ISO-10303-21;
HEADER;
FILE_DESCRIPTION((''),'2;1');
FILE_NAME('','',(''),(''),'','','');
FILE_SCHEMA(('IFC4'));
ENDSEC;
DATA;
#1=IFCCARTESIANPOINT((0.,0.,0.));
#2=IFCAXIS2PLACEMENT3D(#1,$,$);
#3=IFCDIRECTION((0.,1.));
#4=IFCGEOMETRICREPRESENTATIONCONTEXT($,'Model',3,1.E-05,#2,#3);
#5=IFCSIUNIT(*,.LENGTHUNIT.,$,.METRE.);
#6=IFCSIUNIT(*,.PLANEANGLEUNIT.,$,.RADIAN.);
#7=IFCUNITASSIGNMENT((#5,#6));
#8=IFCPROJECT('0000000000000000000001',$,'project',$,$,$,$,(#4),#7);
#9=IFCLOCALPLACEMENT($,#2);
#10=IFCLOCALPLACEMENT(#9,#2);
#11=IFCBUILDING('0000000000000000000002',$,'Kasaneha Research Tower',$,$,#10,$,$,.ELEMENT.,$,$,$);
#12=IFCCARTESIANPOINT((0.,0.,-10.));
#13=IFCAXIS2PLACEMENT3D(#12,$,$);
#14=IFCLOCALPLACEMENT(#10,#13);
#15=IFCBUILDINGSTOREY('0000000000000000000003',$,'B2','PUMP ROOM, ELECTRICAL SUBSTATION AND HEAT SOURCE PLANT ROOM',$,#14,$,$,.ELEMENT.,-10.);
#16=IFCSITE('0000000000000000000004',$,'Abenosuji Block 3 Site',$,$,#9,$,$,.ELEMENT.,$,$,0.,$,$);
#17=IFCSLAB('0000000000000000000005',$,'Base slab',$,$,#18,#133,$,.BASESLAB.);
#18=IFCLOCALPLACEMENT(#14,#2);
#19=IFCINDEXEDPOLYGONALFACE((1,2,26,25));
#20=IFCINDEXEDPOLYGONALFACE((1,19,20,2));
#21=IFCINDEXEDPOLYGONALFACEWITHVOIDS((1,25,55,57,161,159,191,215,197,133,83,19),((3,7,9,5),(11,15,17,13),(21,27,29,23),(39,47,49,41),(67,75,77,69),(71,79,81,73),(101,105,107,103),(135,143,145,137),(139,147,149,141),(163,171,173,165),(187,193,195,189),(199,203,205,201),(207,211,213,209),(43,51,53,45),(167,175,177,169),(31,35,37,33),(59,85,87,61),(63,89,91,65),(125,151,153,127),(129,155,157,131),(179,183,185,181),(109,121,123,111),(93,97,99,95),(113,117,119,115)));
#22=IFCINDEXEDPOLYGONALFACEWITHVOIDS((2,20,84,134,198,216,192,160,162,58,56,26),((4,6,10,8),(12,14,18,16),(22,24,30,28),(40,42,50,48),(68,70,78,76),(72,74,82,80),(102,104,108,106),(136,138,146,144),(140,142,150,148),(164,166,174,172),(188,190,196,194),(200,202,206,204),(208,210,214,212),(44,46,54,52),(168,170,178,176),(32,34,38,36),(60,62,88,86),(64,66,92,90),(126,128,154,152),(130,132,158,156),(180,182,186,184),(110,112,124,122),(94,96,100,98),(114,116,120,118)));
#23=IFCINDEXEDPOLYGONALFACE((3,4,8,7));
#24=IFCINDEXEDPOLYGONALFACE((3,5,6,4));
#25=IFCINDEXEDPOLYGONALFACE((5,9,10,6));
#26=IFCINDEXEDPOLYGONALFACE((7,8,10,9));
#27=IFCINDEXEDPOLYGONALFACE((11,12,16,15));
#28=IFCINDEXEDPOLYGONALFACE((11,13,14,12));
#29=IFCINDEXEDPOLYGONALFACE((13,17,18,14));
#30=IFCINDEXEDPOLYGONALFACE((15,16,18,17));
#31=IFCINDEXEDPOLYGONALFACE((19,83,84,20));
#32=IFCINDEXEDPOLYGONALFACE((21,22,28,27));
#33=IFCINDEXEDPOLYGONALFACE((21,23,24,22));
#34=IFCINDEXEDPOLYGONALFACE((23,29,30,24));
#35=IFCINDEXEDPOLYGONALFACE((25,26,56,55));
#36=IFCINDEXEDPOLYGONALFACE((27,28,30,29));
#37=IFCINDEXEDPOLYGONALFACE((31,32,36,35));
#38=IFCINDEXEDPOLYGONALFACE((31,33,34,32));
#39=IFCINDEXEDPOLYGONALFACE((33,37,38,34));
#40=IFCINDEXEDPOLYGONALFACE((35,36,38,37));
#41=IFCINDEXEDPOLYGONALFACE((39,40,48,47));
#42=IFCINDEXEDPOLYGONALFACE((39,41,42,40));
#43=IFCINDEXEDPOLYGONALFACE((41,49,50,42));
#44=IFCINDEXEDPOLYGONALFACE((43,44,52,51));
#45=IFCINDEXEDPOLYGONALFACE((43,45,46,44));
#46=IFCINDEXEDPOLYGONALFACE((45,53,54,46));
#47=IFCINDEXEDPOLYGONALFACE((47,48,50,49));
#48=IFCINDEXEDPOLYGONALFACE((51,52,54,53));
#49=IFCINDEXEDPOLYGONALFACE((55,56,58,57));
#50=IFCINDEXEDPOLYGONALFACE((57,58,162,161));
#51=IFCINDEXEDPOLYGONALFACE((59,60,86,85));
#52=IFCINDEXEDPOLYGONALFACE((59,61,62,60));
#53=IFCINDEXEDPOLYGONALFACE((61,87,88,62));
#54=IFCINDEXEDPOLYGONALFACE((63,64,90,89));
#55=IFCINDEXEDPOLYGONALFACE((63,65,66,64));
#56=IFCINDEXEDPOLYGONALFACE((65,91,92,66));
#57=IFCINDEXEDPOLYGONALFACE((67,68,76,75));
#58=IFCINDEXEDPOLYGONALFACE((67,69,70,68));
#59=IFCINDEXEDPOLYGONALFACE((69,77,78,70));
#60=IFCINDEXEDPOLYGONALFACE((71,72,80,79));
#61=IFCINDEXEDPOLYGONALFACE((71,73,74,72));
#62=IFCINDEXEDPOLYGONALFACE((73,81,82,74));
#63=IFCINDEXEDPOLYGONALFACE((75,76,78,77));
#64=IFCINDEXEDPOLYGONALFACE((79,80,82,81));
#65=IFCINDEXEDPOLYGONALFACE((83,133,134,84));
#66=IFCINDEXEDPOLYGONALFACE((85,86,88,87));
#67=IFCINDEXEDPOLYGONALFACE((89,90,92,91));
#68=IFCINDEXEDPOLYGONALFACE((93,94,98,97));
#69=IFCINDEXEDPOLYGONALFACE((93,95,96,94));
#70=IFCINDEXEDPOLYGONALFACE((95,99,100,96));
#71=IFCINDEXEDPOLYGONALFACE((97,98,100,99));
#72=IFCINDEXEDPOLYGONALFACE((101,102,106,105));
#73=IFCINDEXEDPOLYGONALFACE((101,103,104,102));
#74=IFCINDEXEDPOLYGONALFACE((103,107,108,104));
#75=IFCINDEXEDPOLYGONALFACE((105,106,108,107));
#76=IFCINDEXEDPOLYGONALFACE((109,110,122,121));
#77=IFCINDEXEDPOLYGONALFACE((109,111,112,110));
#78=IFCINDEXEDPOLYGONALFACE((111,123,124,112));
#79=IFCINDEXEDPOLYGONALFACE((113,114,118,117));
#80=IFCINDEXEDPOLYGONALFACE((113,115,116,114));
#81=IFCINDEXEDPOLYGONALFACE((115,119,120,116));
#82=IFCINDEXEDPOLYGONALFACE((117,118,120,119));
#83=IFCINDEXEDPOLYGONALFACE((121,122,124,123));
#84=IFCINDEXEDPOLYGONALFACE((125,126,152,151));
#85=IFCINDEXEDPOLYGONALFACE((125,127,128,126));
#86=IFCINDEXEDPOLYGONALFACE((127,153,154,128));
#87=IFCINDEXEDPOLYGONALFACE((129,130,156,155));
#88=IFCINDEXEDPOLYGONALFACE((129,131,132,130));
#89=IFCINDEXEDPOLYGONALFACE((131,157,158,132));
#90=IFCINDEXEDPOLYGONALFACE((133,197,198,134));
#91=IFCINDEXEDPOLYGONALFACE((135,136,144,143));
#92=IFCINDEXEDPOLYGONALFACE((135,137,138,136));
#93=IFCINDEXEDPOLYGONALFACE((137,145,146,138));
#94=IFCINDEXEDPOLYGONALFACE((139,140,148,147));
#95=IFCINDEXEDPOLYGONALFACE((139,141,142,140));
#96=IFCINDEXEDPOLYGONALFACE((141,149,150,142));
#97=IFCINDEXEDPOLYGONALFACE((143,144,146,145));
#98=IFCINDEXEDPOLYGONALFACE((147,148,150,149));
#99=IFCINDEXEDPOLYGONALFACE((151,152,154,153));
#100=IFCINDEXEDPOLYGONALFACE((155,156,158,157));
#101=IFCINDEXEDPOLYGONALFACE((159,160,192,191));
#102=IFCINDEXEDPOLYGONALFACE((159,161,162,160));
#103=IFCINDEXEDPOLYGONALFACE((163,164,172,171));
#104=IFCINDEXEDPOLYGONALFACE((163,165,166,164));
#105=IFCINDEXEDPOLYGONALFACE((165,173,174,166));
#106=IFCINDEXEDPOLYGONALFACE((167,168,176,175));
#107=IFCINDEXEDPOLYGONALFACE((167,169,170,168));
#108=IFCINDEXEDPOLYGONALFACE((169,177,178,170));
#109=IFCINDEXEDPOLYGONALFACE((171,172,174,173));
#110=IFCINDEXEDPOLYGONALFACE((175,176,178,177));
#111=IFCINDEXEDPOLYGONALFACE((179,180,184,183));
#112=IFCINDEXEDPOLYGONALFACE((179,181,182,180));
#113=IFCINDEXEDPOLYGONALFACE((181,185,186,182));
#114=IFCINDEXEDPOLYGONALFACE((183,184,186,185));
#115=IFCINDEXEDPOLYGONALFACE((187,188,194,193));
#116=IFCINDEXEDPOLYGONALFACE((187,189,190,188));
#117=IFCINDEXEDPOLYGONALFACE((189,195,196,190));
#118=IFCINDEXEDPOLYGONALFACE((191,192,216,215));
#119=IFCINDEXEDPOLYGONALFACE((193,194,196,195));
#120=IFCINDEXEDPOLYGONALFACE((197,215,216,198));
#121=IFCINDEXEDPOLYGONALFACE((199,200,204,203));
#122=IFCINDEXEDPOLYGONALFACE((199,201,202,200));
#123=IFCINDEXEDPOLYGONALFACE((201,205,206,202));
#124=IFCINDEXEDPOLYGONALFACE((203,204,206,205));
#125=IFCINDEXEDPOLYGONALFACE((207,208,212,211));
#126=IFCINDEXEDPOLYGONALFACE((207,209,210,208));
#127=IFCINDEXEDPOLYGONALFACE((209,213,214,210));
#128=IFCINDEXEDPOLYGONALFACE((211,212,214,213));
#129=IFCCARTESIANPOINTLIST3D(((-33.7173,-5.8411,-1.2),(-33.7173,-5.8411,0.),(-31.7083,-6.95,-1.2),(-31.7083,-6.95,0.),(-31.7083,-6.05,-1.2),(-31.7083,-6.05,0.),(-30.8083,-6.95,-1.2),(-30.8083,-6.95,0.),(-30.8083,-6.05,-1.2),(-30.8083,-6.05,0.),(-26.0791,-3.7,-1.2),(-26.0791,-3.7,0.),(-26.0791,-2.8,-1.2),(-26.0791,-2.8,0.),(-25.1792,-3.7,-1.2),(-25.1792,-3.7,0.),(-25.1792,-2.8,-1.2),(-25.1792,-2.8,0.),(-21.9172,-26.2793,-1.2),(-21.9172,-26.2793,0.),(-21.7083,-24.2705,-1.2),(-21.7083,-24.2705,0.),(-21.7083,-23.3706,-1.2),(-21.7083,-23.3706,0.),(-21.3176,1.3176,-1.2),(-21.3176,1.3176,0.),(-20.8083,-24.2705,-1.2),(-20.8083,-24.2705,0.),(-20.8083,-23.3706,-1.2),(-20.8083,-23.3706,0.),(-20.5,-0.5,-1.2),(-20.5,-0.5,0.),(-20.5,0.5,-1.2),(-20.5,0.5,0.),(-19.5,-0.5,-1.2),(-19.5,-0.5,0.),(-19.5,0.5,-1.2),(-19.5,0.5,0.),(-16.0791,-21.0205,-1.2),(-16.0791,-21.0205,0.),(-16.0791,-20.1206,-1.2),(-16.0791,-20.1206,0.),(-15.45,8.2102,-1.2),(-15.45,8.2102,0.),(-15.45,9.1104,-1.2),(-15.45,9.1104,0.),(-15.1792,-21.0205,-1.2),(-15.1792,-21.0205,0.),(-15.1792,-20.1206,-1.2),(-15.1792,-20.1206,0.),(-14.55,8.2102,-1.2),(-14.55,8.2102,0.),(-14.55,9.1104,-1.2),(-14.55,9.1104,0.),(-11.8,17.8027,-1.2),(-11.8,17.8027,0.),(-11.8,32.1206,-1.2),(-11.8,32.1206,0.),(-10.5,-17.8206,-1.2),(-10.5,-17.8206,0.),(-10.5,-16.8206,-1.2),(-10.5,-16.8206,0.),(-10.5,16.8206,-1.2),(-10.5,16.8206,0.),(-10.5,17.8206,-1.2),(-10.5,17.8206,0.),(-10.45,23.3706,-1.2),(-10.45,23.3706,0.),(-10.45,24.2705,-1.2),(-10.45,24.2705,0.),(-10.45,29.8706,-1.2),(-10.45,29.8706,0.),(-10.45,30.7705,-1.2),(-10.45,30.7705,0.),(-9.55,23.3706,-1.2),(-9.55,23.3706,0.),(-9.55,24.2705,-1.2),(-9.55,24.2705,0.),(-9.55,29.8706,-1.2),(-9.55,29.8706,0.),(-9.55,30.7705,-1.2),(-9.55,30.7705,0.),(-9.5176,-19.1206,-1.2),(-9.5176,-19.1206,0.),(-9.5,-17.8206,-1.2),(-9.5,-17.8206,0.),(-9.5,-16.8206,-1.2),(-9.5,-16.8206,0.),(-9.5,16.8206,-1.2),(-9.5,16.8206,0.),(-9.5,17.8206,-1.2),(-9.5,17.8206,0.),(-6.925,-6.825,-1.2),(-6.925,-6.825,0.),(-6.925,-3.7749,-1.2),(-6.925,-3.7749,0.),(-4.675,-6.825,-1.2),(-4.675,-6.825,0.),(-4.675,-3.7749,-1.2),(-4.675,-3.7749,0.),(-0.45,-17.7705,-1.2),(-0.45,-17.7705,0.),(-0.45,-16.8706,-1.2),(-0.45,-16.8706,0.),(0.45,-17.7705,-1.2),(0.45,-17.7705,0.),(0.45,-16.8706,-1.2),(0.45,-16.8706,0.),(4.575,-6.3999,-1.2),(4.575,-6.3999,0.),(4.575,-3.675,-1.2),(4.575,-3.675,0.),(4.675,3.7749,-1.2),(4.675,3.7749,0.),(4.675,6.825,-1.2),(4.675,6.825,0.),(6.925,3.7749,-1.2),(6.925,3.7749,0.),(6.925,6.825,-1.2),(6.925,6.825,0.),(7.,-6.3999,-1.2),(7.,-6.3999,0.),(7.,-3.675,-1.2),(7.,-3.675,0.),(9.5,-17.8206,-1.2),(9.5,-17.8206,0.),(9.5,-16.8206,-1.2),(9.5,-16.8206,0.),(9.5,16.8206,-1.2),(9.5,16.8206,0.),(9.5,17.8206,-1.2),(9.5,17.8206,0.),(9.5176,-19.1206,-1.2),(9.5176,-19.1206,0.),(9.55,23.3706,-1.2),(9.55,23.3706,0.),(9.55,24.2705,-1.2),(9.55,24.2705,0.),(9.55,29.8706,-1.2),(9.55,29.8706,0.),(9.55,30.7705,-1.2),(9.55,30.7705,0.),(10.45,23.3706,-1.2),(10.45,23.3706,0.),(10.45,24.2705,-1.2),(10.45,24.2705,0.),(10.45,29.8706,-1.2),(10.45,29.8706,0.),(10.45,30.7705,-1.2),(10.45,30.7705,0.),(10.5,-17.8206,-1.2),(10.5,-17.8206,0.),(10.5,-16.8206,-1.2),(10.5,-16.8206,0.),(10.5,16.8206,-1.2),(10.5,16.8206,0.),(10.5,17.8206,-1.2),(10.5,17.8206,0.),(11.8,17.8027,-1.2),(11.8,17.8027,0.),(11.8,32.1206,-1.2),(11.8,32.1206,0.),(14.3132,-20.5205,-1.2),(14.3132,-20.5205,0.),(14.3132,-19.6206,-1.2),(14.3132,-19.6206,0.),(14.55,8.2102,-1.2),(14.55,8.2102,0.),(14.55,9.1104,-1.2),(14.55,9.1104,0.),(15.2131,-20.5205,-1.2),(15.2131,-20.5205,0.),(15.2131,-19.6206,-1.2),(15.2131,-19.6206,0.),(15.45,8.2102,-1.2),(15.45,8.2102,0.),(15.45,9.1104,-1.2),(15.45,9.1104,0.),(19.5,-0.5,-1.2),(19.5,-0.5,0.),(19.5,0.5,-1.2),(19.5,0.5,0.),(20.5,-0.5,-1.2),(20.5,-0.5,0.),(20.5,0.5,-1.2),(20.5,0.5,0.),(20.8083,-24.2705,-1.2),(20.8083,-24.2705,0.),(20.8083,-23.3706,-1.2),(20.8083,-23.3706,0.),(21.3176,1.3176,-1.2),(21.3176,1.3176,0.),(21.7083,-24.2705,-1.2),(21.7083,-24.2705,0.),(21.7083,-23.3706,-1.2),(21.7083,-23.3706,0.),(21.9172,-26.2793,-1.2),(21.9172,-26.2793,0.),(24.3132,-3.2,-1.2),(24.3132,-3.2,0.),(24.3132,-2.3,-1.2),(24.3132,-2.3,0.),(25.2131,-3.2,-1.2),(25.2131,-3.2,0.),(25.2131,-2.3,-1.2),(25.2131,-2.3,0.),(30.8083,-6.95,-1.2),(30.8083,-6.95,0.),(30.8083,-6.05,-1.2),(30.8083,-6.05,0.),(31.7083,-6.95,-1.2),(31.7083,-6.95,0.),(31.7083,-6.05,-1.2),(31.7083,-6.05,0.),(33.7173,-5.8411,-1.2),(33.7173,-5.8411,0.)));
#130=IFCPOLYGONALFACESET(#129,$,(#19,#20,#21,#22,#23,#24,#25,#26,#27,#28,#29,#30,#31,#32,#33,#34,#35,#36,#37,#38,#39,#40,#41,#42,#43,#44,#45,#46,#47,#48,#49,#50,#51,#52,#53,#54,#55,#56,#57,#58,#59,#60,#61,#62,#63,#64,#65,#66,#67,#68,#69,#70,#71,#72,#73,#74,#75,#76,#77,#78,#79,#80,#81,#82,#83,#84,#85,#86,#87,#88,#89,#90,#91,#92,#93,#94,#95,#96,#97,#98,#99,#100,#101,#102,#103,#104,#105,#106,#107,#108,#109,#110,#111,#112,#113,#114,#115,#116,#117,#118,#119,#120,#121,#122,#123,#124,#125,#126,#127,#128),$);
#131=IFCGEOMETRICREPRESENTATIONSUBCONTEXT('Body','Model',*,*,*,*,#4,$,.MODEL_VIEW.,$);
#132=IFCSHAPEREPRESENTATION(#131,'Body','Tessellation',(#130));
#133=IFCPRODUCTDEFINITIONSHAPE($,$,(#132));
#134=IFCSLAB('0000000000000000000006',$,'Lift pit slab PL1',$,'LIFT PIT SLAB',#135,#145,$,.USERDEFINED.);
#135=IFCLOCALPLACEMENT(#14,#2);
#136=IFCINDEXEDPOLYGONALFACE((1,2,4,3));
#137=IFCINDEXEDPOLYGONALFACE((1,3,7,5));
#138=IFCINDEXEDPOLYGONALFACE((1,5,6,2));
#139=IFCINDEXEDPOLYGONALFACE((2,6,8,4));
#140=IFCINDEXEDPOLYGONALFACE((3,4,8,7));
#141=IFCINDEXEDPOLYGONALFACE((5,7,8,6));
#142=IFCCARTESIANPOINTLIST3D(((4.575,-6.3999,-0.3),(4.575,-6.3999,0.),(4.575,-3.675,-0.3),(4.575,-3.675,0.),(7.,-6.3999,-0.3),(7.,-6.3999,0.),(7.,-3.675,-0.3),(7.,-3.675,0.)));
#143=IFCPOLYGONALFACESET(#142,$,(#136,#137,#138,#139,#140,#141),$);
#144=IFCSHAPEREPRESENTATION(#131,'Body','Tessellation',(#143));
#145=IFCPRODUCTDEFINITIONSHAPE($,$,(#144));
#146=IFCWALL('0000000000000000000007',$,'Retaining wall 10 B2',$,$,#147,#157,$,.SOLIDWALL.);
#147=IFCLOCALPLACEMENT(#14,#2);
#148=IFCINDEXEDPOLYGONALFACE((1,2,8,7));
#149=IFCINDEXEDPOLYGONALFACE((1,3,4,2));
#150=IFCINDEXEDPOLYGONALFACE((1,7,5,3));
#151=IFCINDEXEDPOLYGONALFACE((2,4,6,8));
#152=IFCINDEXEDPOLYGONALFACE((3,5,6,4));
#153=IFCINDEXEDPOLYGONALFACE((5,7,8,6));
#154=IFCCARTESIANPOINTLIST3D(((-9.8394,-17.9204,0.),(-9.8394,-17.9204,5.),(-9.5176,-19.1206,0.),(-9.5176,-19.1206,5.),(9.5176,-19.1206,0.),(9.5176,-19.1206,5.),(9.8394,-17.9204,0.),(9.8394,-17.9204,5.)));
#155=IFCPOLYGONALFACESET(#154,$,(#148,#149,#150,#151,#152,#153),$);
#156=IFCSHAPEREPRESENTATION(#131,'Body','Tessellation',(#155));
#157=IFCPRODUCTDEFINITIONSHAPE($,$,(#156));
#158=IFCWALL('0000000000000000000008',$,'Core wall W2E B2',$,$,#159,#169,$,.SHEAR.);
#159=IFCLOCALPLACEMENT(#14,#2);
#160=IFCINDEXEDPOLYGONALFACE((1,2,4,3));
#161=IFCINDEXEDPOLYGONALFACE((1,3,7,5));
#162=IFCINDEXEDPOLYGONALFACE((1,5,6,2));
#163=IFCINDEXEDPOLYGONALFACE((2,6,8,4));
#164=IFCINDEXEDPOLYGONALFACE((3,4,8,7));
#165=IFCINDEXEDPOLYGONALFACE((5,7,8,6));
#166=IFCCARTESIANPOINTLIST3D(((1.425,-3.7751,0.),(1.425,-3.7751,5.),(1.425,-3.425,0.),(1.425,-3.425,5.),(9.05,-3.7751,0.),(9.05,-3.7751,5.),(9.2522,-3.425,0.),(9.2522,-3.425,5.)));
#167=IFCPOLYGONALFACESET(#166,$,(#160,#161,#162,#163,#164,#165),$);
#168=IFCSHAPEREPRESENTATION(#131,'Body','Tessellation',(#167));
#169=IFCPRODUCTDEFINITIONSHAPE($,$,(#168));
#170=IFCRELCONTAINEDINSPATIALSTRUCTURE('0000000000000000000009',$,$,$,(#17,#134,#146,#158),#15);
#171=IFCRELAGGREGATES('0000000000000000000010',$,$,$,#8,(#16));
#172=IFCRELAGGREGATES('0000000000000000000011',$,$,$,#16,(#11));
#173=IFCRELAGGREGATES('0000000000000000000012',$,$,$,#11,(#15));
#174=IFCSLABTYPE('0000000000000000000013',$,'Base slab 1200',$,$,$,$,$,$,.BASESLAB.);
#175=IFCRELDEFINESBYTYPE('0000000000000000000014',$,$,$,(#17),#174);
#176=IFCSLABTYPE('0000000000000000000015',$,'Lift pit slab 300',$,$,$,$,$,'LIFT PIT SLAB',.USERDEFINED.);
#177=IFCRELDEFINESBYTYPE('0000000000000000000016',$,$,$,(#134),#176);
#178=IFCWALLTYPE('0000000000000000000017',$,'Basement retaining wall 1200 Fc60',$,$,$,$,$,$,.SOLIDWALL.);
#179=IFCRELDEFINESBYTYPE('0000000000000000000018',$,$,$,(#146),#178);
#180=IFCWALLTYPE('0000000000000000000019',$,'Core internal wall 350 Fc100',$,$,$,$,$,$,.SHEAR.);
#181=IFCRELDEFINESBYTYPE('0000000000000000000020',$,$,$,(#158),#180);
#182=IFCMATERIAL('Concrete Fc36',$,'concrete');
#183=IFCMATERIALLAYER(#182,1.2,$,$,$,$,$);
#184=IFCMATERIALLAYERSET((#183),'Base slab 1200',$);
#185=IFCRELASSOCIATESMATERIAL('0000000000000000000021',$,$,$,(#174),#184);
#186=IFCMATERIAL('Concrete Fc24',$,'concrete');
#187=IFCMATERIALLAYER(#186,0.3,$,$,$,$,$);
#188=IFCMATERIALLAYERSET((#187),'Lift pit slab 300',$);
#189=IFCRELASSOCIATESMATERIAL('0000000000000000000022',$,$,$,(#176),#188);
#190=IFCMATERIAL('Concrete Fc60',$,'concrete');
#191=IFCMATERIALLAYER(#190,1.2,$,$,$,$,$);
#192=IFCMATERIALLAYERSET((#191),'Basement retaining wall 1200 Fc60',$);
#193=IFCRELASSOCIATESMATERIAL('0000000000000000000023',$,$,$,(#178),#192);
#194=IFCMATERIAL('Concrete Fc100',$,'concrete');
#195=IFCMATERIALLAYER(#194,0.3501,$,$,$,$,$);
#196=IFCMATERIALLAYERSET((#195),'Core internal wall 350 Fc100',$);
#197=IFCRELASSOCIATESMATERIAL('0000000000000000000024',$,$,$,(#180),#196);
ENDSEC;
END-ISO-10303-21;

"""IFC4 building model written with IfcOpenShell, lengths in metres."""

from ifc_helpers import new_model, si_unit, direction, frame, origin, place, context, subcontext, project, spatial, polyline, outline, extrude, material, layer, layer_set, type_object, element, save


model = new_model("IFC4")

# Units and contexts
model_context = context("Model", 3, precision=1e-05, world=origin(), true_north=direction((0.0, 1.0)))
body_context = subcontext(model_context, "Body", "Model", "MODEL_VIEW")
ifc_project = project(units=[si_unit("LENGTHUNIT", "METRE"), si_unit("PLANEANGLEUNIT", "RADIAN")], contexts=[model_context])

# Site, building, storey
site_placement = place(None, origin())
site = spatial("IfcSite", under=ifc_project, at=site_placement, Name="Abenosuji Block 3 Site", CompositionType="ELEMENT", RefElevation=0.0)
building_placement = place(site_placement, origin())
building = spatial("IfcBuilding", under=site, at=building_placement, Name="Kasaneha Research Tower", CompositionType="ELEMENT")
storey_placement = place(building_placement, frame((0.0, 0.0, -10.0)))
storey = spatial("IfcBuildingStorey", under=building, at=storey_placement, Name="B2", Description="PUMP ROOM, ELECTRICAL SUBSTATION AND HEAT SOURCE PLANT ROOM", CompositionType="ELEMENT", Elevation=-10.0)

# Slabs
ifc_material_1 = material(Name="Concrete Fc36", Category="concrete")
ifc_layer_1 = layer(ifc_material_1, 1.2)
ifc_layer_set_1 = layer_set([ifc_layer_1], Name="Base slab 1200")
slab_type_1 = type_object("IfcSlabType", Name="Base slab 1200", PredefinedType="BASESLAB", material=ifc_layer_set_1)
slab_1_placement = place(storey_placement, frame((0.0, 0.0, -1.2)))
element("IfcSlab", 1, at=slab_1_placement, inside=storey, type_object=slab_type_1, Name="Base slab", PredefinedType="BASESLAB", context=body_context, shape_type="SweptSolid", body=[
    extrude(outline(polyline([(-21.3176, 1.3176), (-11.8, 17.8027), (-11.8, 32.1206), (11.8, 32.1206), (11.8, 17.8027), (21.3176, 1.3176), (33.7173, -5.8411), (21.9172, -26.2793), (9.5176, -19.1206), (-9.5176, -19.1206), (-21.9172, -26.2793), (-33.7173, -5.8411), (-21.3176, 1.3176)]), holes=[polyline([(-20.8083, -23.3706), (-21.7083, -23.3706), (-21.7083, -24.2705), (-20.8083, -24.2705), (-20.8083, -23.3706)]), polyline([(-15.1792, -21.0205), (-15.1792, -20.1206), (-16.0791, -20.1206), (-16.0791, -21.0205), (-15.1792, -21.0205)]), polyline([(0.45, -17.7705), (0.45, -16.8706), (-0.45, -16.8706), (-0.45, -17.7705), (0.45, -17.7705)]), polyline([(-9.5, -16.8206), (-10.5, -16.8206), (-10.5, -17.8206), (-9.5, -17.8206), (-9.5, -16.8206)]), polyline([(-30.8083, -6.95), (-30.8083, -6.05), (-31.7083, -6.05), (-31.7083, -6.95), (-30.8083, -6.95)]), polyline([(-4.675, -6.825), (-4.675, -3.7749), (-6.925, -3.7749), (-6.925, -6.825), (-4.675, -6.825)]), polyline([(-25.1792, -2.8), (-26.0791, -2.8), (-26.0791, -3.7), (-25.1792, -3.7), (-25.1792, -2.8)]), polyline([(-19.5, -0.5), (-19.5, 0.5), (-20.5, 0.5), (-20.5, -0.5), (-19.5, -0.5)]), polyline([(-14.55, 8.2102), (-14.55, 9.1104), (-15.45, 9.1104), (-15.45, 8.2102), (-14.55, 8.2102)]), polyline([(-9.5, 17.8206), (-10.5, 17.8206), (-10.5, 16.8206), (-9.5, 16.8206), (-9.5, 17.8206)]), polyline([(-9.55, 23.3706), (-9.55, 24.2705), (-10.45, 24.2705), (-10.45, 23.3706), (-9.55, 23.3706)]), polyline([(-9.55, 29.8706), (-9.55, 30.7705), (-10.45, 30.7705), (-10.45, 29.8706), (-9.55, 29.8706)]), polyline([(21.7083, -23.3706), (20.8083, -23.3706), (20.8083, -24.2705), (21.7083, -24.2705), (21.7083, -23.3706)]), polyline([(15.2131, -20.5205), (15.2131, -19.6206), (14.3132, -19.6206), (14.3132, -20.5205), (15.2131, -20.5205)]), polyline([(10.5, -17.8206), (10.5, -16.8206), (9.5, -16.8206), (9.5, -17.8206), (10.5, -17.8206)]), polyline([(31.7083, -6.05), (30.8083, -6.05), (30.8083, -6.95), (31.7083, -6.95), (31.7083, -6.05)]), polyline([(7.0, -6.3999), (7.0, -3.675), (4.575, -3.675), (4.575, -6.3999), (7.0, -6.3999)]), polyline([(25.2131, -3.2), (25.2131, -2.3), (24.3132, -2.3), (24.3132, -3.2), (25.2131, -3.2)]), polyline([(20.5, 0.5), (19.5, 0.5), (19.5, -0.5), (20.5, -0.5), (20.5, 0.5)]), polyline([(6.925, 3.7749), (6.925, 6.825), (4.675, 6.825), (4.675, 3.7749), (6.925, 3.7749)]), polyline([(15.45, 8.2102), (15.45, 9.1104), (14.55, 9.1104), (14.55, 8.2102), (15.45, 8.2102)]), polyline([(10.5, 17.8206), (9.5, 17.8206), (9.5, 16.8206), (10.5, 16.8206), (10.5, 17.8206)]), polyline([(10.45, 23.3706), (10.45, 24.2705), (9.55, 24.2705), (9.55, 23.3706), (10.45, 23.3706)]), polyline([(10.45, 29.8706), (10.45, 30.7705), (9.55, 30.7705), (9.55, 29.8706), (10.45, 29.8706)])]), origin(), (0.0, 0.0, 1.0), 1.2),
])
ifc_material_2 = material(Name="Concrete Fc24", Category="concrete")
ifc_layer_2 = layer(ifc_material_2, 0.3)
ifc_layer_set_2 = layer_set([ifc_layer_2], Name="Lift pit slab 300")
slab_type_2 = type_object("IfcSlabType", Name="Lift pit slab 300", ElementType="LIFT PIT SLAB", PredefinedType="USERDEFINED", material=ifc_layer_set_2)
slab_2_placement = place(storey_placement, frame((0.0, 0.0, -0.3)))
element("IfcSlab", 2, at=slab_2_placement, inside=storey, type_object=slab_type_2, Name="Lift pit slab PL1", ObjectType="LIFT PIT SLAB", PredefinedType="USERDEFINED", context=body_context, shape_type="SweptSolid", body=[
    extrude(outline(polyline([(7.0, -6.3999), (4.575, -6.3999), (4.575, -3.675), (7.0, -3.675), (7.0, -6.3999)])), origin(), (0.0, 0.0, 1.0), 0.3),
])

# Walls
ifc_material_3 = material(Name="Concrete Fc60", Category="concrete")
ifc_layer_3 = layer(ifc_material_3, 1.2)
ifc_layer_set_3 = layer_set([ifc_layer_3], Name="Basement retaining wall 1200 Fc60")
wall_type_1 = type_object("IfcWallType", Name="Basement retaining wall 1200 Fc60", PredefinedType="SOLIDWALL", material=ifc_layer_set_3)
wall_1_placement = place(storey_placement, frame((9.6785, -18.5205, 0.0), z_axis=(0.0, 0.0, 1.0), x_axis=(-1.0, 0.0, 0.0)))
element("IfcWall", 3, at=wall_1_placement, inside=storey, type_object=wall_type_1, Name="Retaining wall 10 B2", PredefinedType="SOLIDWALL", context=body_context, shape_type="SweptSolid", body=[
    extrude(outline(polyline([(-0.1609, -0.6001), (19.5178, -0.6001), (19.196, 0.6001), (0.1609, 0.6001), (-0.1609, -0.6001)])), origin(), (0.0, 0.0, 1.0), 5.0),
])
ifc_material_4 = material(Name="Concrete Fc100", Category="concrete")
ifc_layer_4 = layer(ifc_material_4, 0.3501)
ifc_layer_set_4 = layer_set([ifc_layer_4], Name="Core internal wall 350 Fc100")
wall_type_2 = type_object("IfcWallType", Name="Core internal wall 350 Fc100", PredefinedType="SHEAR", material=ifc_layer_set_4)
wall_2_placement = place(storey_placement, frame((1.425, -3.6001, 0.0), z_axis=(0.0, 0.0, 1.0), x_axis=(1.0, 0.0, 0.0)))
element("IfcWall", 4, at=wall_2_placement, inside=storey, type_object=wall_type_2, Name="Core wall W2E B2", PredefinedType="SHEAR", context=body_context, shape_type="SweptSolid", body=[
    extrude(outline(polyline([(0.0, -0.175), (7.625, -0.175), (7.8271, 0.175), (0.0, 0.175), (0.0, -0.175)])), origin(), (0.0, 0.0, 1.0), 5.0),
])

save(model, "model.ifc")
